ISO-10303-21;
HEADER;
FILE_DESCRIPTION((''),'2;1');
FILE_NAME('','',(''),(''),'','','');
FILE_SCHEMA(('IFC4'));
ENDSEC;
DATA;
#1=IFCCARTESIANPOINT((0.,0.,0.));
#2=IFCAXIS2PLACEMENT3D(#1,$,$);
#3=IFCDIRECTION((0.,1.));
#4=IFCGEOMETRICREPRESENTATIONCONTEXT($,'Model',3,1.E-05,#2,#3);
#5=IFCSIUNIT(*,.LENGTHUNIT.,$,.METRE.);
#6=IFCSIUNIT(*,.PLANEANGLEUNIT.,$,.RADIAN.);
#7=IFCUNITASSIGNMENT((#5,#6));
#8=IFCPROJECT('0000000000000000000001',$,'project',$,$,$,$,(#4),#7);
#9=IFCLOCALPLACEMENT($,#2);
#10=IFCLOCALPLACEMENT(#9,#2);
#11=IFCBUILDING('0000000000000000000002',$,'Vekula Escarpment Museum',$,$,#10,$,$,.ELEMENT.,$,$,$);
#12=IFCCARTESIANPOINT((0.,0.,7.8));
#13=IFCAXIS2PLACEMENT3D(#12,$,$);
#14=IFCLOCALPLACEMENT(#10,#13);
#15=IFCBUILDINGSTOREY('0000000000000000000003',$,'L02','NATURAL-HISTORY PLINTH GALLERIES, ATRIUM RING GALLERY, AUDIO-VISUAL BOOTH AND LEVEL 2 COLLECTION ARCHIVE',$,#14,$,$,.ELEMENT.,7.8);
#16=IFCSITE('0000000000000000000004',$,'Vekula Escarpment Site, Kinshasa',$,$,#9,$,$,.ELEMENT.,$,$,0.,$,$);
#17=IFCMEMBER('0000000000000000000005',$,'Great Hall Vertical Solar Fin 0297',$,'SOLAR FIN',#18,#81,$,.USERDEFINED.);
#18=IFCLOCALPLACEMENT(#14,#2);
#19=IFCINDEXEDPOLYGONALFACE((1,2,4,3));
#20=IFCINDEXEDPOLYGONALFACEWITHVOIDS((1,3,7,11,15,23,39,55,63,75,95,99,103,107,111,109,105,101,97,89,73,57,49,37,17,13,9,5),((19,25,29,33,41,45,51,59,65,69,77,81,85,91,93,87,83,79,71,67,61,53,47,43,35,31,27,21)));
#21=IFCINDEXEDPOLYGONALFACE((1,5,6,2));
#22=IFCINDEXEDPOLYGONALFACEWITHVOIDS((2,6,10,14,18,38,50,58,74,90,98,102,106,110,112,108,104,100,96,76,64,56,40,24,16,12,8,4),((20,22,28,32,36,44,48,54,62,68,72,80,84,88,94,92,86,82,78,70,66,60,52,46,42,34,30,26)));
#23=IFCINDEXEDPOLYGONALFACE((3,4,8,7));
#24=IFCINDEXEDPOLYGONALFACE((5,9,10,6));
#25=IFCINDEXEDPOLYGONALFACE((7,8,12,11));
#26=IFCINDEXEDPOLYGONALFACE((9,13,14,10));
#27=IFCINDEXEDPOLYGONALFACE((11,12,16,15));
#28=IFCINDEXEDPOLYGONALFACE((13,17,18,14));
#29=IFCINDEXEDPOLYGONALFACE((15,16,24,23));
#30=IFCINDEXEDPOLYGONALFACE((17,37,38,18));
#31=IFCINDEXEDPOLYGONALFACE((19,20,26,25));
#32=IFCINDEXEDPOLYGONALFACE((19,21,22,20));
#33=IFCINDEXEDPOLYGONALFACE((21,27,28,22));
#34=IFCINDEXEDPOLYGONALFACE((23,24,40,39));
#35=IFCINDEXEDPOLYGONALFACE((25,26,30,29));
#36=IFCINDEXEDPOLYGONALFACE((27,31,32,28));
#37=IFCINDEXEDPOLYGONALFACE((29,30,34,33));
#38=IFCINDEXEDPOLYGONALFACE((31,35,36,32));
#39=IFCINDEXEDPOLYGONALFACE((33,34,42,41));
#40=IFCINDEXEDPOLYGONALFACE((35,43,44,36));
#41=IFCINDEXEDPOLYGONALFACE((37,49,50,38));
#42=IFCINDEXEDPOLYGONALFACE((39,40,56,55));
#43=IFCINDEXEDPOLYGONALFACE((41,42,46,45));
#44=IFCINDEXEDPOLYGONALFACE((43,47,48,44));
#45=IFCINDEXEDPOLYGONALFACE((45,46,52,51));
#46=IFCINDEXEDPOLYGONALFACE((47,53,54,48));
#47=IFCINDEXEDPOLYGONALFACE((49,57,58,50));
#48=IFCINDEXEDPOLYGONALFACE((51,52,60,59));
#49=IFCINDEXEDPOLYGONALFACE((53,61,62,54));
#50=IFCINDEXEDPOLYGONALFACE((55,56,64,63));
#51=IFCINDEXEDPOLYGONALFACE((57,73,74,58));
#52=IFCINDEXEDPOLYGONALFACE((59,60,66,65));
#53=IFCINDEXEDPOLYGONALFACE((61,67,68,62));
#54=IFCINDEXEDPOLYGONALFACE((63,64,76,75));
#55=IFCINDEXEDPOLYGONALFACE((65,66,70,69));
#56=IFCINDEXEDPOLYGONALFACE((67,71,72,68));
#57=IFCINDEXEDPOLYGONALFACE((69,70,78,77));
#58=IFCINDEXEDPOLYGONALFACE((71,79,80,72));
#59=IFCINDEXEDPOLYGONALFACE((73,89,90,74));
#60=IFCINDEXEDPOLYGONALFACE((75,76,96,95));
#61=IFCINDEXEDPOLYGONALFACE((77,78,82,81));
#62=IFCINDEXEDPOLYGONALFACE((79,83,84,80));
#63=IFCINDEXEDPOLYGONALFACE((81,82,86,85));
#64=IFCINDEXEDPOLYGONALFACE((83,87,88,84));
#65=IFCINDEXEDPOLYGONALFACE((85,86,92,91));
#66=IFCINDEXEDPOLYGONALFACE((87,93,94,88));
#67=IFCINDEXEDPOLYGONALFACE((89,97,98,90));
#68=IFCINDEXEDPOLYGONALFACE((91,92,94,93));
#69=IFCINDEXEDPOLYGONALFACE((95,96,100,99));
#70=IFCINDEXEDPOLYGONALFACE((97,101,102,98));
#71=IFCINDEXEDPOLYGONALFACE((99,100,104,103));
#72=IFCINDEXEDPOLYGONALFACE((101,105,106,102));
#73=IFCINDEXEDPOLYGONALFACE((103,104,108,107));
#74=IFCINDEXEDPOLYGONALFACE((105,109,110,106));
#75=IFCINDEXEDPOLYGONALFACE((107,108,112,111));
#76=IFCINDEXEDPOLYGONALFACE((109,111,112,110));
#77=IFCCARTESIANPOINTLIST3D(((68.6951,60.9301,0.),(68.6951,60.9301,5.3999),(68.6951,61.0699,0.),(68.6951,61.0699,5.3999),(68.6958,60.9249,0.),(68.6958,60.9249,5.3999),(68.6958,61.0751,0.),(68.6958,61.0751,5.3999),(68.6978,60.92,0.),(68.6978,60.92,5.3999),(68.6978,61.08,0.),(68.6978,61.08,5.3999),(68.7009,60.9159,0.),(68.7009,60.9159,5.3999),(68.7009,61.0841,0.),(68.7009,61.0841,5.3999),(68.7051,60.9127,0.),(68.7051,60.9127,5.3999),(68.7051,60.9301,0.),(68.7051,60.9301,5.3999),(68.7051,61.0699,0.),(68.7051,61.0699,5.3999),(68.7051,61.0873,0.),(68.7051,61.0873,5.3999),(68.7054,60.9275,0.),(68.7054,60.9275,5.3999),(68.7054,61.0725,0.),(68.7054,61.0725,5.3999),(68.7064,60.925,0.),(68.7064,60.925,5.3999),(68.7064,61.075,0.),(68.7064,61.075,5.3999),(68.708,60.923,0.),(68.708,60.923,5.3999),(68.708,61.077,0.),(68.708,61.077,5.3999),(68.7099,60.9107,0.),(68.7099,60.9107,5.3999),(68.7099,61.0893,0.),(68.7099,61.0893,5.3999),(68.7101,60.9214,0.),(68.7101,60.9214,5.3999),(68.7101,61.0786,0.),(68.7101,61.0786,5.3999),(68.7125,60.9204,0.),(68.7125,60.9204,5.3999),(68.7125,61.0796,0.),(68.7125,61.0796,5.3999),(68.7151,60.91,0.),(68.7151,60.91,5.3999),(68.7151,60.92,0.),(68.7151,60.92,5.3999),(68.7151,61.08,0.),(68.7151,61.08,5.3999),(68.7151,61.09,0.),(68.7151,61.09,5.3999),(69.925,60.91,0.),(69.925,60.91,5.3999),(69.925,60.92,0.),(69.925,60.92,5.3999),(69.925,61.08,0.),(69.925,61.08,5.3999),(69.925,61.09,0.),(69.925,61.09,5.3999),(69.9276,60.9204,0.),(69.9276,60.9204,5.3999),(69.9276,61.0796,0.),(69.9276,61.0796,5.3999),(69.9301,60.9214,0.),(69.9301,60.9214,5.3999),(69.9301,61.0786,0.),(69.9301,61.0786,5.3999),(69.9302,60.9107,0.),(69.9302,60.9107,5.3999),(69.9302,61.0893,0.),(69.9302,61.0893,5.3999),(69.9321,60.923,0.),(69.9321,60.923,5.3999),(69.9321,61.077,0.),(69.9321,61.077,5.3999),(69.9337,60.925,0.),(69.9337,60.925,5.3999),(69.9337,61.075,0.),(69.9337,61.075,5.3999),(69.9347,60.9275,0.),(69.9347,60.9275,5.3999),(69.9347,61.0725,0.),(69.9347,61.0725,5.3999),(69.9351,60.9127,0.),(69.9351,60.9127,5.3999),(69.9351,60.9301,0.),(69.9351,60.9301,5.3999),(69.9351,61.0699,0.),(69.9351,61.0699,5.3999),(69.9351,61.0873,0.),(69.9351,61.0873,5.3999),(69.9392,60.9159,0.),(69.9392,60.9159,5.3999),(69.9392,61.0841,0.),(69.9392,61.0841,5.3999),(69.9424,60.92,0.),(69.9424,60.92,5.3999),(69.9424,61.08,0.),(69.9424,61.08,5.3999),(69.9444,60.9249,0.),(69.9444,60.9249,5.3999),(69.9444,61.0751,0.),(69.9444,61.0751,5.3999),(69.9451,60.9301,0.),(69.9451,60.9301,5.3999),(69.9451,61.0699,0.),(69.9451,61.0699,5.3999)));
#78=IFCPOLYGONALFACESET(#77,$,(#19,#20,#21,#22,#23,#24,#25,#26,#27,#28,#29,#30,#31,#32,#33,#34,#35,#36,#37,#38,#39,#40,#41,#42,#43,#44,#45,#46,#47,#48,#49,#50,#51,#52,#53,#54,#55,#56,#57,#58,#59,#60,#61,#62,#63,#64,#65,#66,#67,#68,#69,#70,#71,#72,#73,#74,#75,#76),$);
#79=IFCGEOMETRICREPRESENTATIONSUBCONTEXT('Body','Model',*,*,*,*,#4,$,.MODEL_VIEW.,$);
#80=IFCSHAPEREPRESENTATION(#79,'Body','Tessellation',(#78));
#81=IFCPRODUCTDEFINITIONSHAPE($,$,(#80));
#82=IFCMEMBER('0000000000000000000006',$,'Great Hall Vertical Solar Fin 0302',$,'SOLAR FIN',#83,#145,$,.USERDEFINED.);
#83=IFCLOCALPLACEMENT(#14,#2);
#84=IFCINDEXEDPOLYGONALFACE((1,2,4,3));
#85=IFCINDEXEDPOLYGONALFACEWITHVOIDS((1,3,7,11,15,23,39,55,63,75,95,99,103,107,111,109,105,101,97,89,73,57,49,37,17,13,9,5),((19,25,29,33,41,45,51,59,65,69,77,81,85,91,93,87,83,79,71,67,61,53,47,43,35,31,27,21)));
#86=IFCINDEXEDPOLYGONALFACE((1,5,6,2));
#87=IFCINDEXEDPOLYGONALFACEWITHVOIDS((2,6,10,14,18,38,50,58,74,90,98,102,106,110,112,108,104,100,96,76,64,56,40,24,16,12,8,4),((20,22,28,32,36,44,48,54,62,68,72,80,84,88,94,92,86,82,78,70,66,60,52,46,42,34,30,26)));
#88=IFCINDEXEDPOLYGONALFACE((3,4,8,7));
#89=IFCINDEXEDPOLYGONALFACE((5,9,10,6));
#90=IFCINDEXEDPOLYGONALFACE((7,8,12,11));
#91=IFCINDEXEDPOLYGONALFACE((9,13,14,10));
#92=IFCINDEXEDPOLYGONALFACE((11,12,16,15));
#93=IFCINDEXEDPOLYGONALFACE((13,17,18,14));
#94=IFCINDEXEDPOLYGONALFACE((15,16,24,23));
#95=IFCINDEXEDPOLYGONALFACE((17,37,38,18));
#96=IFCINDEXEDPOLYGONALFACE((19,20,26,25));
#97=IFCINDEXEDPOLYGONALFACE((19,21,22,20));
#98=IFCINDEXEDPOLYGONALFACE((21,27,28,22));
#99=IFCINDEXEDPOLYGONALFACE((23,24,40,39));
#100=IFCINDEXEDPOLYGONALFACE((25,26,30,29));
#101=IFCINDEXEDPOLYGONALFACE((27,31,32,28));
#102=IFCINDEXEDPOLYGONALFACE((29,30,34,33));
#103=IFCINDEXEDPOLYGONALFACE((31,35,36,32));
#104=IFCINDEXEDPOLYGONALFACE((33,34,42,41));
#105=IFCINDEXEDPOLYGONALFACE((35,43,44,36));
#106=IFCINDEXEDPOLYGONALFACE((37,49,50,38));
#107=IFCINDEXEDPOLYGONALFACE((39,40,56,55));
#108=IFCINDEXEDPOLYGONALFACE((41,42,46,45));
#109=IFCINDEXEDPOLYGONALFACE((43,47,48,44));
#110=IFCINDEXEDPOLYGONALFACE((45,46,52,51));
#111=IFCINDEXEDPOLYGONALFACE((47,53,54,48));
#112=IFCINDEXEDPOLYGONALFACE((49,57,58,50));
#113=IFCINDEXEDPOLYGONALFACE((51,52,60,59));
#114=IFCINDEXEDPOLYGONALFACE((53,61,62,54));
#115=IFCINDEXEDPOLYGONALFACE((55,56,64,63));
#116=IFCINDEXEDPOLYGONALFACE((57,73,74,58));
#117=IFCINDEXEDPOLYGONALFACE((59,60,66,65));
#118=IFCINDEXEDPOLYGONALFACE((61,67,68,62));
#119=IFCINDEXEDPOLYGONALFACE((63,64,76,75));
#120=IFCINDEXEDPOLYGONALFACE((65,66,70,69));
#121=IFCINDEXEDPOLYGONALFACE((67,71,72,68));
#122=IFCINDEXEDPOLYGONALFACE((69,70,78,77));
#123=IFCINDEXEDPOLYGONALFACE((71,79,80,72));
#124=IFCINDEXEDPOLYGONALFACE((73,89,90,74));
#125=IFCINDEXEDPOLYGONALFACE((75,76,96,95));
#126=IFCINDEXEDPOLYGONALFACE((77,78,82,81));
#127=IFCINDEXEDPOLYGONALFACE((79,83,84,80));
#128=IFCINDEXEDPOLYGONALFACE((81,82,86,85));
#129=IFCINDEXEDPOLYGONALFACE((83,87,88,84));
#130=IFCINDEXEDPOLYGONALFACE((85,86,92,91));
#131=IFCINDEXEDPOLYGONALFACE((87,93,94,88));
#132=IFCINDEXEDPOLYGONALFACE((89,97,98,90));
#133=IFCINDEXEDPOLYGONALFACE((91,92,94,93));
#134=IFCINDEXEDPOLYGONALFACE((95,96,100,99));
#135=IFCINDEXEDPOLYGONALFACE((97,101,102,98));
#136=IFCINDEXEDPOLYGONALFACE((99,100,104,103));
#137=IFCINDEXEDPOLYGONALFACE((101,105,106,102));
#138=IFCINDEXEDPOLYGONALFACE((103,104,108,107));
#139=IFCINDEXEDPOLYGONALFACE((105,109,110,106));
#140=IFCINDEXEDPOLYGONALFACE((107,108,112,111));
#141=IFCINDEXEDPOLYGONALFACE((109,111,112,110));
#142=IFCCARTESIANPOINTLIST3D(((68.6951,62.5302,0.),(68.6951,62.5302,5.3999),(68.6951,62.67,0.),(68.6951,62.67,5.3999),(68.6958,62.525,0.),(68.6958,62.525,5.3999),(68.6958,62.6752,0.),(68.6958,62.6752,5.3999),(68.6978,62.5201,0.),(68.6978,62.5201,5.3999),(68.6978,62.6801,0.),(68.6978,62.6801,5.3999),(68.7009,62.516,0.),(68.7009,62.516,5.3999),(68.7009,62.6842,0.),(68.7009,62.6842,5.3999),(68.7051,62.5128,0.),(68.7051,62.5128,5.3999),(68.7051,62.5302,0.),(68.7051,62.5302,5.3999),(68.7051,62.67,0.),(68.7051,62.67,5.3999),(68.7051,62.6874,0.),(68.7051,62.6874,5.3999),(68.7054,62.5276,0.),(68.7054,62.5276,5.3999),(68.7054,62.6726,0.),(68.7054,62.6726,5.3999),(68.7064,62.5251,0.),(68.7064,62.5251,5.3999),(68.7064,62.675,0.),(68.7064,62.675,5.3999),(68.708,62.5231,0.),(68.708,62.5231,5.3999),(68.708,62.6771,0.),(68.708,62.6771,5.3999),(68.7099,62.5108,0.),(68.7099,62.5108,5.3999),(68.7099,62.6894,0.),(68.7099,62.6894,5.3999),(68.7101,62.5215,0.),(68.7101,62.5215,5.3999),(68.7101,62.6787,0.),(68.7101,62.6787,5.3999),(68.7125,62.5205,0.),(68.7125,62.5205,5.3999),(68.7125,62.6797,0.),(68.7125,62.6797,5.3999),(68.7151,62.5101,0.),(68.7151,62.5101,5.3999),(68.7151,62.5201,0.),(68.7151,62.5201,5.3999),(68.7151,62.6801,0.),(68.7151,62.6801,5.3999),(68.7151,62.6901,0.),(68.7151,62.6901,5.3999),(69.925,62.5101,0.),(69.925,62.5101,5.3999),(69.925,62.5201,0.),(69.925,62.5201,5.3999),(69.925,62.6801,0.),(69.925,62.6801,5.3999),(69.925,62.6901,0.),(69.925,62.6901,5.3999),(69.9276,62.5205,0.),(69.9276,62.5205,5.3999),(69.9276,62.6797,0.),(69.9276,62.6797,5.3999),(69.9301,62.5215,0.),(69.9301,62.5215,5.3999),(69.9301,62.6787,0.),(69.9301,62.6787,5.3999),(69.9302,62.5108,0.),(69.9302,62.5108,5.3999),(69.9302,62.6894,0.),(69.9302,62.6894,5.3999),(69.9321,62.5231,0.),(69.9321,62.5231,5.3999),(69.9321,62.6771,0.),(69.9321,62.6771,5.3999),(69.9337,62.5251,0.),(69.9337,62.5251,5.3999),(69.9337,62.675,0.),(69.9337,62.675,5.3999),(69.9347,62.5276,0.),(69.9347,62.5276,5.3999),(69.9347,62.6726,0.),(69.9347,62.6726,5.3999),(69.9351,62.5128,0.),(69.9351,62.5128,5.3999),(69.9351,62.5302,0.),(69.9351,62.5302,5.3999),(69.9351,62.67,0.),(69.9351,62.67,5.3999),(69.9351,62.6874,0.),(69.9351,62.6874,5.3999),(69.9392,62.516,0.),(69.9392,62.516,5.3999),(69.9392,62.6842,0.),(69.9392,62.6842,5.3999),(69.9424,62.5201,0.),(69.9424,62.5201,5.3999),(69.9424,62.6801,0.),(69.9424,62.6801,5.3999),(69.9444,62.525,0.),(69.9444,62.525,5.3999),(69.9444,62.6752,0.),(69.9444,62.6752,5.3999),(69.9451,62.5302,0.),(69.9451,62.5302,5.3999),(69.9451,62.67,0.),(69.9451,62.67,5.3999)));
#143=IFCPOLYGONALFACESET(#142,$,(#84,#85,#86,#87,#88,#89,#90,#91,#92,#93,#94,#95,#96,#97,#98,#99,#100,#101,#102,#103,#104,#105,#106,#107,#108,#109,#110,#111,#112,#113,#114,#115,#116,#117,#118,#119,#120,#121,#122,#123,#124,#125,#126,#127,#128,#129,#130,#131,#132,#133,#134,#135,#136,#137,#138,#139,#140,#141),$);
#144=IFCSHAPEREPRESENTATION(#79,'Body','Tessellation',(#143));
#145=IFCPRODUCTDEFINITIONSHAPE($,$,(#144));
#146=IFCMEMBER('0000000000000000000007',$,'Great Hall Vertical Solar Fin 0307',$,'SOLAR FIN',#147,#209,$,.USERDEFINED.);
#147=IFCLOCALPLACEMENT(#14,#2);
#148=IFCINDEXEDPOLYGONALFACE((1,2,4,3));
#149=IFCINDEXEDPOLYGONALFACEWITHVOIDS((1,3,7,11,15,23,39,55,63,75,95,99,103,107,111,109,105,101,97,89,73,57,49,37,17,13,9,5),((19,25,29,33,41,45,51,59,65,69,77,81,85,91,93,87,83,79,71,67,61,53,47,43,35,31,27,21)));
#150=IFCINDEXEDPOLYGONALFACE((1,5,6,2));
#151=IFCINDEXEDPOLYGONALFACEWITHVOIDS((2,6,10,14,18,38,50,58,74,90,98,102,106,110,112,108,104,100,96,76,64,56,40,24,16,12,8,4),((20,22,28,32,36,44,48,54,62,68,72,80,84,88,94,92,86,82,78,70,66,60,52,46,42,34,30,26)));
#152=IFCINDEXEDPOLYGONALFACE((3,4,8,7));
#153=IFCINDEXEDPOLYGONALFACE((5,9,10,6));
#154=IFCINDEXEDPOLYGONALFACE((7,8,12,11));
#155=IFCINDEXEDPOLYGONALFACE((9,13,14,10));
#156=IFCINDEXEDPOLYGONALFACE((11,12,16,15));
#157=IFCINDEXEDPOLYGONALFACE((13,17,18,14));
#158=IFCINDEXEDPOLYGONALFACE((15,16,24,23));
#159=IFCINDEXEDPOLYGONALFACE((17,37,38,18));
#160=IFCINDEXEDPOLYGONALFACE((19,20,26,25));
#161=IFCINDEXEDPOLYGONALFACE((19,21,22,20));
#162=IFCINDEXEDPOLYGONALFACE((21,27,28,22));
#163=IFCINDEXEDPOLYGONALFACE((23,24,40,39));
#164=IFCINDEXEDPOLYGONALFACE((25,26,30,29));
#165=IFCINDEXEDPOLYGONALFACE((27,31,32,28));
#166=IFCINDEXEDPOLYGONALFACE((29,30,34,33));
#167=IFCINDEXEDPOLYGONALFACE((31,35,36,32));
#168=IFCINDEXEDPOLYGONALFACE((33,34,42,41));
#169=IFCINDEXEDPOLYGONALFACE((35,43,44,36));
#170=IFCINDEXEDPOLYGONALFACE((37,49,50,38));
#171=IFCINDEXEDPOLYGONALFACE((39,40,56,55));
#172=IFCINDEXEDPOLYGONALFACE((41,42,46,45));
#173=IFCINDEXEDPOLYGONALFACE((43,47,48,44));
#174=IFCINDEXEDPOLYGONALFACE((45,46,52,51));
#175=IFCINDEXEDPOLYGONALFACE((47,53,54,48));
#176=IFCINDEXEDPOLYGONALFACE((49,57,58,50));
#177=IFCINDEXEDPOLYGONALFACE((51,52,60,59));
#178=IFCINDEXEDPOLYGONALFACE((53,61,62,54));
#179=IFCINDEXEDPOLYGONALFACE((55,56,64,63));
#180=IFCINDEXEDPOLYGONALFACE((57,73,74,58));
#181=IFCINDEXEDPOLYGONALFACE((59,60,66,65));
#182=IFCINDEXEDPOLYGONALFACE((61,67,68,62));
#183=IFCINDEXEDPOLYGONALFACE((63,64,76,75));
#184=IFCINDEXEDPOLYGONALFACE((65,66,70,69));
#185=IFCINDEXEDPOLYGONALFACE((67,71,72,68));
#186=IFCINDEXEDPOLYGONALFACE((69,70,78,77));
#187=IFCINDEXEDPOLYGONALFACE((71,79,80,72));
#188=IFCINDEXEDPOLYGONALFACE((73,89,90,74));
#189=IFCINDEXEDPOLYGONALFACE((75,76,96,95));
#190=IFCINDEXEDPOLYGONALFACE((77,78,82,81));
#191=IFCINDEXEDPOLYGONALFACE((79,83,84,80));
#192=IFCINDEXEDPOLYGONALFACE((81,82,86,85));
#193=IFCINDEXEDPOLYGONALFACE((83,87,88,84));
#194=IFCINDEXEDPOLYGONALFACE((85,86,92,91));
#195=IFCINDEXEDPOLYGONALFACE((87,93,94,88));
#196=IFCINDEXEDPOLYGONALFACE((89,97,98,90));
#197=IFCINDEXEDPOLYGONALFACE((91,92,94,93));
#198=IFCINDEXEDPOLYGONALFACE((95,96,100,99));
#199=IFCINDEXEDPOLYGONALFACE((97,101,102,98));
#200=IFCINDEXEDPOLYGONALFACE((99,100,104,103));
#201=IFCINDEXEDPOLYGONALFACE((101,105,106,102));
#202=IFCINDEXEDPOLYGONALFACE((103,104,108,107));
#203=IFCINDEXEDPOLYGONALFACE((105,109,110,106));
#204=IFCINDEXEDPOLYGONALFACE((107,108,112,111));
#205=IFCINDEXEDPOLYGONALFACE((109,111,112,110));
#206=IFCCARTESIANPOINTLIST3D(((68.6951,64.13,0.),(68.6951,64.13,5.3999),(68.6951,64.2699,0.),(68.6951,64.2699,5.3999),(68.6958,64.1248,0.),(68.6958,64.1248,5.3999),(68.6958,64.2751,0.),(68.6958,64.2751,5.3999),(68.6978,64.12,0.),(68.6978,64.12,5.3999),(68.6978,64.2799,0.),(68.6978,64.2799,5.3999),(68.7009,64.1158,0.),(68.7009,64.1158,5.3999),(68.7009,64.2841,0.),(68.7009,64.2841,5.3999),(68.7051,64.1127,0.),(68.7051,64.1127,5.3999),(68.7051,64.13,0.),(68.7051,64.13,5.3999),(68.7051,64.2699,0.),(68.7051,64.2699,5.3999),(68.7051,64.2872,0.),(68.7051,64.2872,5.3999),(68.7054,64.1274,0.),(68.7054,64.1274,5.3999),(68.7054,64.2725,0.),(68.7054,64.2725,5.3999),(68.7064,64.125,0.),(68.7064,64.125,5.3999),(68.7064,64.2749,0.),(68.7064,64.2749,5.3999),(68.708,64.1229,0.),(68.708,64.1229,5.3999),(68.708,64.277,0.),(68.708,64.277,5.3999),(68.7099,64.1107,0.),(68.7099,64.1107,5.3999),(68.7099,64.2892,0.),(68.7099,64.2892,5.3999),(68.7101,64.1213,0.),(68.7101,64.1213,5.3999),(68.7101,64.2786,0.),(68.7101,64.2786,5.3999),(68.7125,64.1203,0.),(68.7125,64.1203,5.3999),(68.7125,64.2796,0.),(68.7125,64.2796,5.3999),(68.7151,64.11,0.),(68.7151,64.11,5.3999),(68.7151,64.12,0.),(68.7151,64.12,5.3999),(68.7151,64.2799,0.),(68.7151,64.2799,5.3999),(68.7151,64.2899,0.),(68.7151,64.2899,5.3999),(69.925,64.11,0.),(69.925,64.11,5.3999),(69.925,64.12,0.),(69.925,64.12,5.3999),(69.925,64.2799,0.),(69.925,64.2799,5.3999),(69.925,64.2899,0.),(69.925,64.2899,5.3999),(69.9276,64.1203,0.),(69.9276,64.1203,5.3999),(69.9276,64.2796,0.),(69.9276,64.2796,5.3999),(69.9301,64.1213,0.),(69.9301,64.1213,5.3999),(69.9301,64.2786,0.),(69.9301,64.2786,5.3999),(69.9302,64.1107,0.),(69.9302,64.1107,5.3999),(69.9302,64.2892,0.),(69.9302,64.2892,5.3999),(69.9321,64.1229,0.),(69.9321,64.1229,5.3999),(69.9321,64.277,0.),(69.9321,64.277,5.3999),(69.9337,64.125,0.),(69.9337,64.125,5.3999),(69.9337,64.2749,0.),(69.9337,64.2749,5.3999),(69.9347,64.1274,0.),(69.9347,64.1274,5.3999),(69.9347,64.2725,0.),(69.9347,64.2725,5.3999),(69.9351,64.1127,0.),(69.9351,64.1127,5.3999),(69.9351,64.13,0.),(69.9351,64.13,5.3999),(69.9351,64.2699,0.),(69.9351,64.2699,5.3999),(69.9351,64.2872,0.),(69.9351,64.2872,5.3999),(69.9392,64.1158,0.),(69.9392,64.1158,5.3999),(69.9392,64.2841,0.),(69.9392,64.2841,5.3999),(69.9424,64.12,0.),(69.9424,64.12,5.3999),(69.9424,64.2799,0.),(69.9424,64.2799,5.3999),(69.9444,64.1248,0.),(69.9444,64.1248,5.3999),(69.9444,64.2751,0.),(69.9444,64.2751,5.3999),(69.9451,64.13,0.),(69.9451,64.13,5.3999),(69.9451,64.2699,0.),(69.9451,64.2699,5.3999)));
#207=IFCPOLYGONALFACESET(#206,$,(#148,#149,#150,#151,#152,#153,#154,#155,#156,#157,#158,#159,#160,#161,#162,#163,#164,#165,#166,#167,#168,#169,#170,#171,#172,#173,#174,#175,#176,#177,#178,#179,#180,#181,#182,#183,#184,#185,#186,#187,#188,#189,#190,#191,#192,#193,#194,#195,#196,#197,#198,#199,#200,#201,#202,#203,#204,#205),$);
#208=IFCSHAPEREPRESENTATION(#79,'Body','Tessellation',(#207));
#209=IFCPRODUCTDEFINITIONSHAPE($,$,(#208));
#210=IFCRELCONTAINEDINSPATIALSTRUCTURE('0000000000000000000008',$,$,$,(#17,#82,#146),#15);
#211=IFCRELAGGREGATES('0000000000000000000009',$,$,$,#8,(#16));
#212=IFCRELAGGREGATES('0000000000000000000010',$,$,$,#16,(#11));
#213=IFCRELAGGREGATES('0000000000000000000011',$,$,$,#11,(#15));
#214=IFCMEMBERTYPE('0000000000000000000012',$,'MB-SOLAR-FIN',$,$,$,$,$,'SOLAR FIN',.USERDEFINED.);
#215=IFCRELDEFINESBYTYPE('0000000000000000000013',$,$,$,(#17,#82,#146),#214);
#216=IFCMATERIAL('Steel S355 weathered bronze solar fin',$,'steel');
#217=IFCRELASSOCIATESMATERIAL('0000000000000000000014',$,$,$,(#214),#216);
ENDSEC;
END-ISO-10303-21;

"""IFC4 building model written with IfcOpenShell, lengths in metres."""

from ifc_helpers import new_model, si_unit, direction, frame, origin, origin_2d, place, context, subcontext, project, spatial, hollow_rectangle, extrude, material, material_profile, profile_set, type_object, element, save


model = new_model("IFC4")

# Units and contexts
model_context = context("Model", 3, precision=1e-05, world=origin(), true_north=direction((0.0, 1.0)))
body_context = subcontext(model_context, "Body", "Model", "MODEL_VIEW")
ifc_project = project(units=[si_unit("LENGTHUNIT", "METRE"), si_unit("PLANEANGLEUNIT", "RADIAN")], contexts=[model_context])

# Site, building, storey
site_placement = place(None, origin())
site = spatial("IfcSite", under=ifc_project, at=site_placement, Name="Vekula Escarpment Site, Kinshasa", CompositionType="ELEMENT", RefElevation=0.0)
building_placement = place(site_placement, origin())
building = spatial("IfcBuilding", under=site, at=building_placement, Name="Vekula Escarpment Museum", CompositionType="ELEMENT")
storey_placement = place(building_placement, frame((0.0, 0.0, 7.8)))
storey = spatial("IfcBuildingStorey", under=building, at=storey_placement, Name="L02", Description="NATURAL-HISTORY PLINTH GALLERIES, ATRIUM RING GALLERY, AUDIO-VISUAL BOOTH AND LEVEL 2 COLLECTION ARCHIVE", CompositionType="ELEMENT", Elevation=7.8)

# Members
ifc_material_1 = material(Name="Steel S355 weathered bronze solar fin", Category="steel")
ifc_material_profile_1 = material_profile(ifc_material_1, hollow_rectangle(XDim=0.1799, YDim=1.25, WallThickness=0.01, InnerFilletRadius=0.01, OuterFilletRadius=0.02, at=origin_2d()), Name="RHS 1250x180x10")
ifc_profile_set_1 = profile_set([ifc_material_profile_1], Name="Steel S355 weathered bronze solar fin")
member_type = type_object("IfcMemberType", Name="MB-SOLAR-FIN", ElementType="SOLAR FIN", PredefinedType="USERDEFINED", material=ifc_profile_set_1)
for number, where, z_axis, x_axis, name in (
    (1, (69.3201, 61.0, 0.0), (0.0, 0.0, 1.0), (0.0, 1.0, 0.0), "Great Hall Vertical Solar Fin 0297"),
    (2, (69.3201, 62.6001, 0.0), (0.0, 0.0, 1.0), (0.0, 1.0, 0.0), "Great Hall Vertical Solar Fin 0302"),
    (3, (69.3201, 64.2, 0.0), (0.0, 0.0, 1.0), (0.0, 1.0, 0.0), "Great Hall Vertical Solar Fin 0307"),
):
    element("IfcMember", number, at=place(storey_placement, frame(where, z_axis=z_axis, x_axis=x_axis)), inside=storey, type_object=member_type, Name=name, ObjectType="SOLAR FIN", PredefinedType="USERDEFINED", context=body_context, shape_type="SweptSolid", body=[
        extrude(hollow_rectangle(XDim=0.1799, YDim=1.25, WallThickness=0.01, InnerFilletRadius=0.01, OuterFilletRadius=0.02, at=origin_2d()), origin(), (0.0, 0.0, 1.0), 5.3999),
    ])

save(model, "model.ifc")
